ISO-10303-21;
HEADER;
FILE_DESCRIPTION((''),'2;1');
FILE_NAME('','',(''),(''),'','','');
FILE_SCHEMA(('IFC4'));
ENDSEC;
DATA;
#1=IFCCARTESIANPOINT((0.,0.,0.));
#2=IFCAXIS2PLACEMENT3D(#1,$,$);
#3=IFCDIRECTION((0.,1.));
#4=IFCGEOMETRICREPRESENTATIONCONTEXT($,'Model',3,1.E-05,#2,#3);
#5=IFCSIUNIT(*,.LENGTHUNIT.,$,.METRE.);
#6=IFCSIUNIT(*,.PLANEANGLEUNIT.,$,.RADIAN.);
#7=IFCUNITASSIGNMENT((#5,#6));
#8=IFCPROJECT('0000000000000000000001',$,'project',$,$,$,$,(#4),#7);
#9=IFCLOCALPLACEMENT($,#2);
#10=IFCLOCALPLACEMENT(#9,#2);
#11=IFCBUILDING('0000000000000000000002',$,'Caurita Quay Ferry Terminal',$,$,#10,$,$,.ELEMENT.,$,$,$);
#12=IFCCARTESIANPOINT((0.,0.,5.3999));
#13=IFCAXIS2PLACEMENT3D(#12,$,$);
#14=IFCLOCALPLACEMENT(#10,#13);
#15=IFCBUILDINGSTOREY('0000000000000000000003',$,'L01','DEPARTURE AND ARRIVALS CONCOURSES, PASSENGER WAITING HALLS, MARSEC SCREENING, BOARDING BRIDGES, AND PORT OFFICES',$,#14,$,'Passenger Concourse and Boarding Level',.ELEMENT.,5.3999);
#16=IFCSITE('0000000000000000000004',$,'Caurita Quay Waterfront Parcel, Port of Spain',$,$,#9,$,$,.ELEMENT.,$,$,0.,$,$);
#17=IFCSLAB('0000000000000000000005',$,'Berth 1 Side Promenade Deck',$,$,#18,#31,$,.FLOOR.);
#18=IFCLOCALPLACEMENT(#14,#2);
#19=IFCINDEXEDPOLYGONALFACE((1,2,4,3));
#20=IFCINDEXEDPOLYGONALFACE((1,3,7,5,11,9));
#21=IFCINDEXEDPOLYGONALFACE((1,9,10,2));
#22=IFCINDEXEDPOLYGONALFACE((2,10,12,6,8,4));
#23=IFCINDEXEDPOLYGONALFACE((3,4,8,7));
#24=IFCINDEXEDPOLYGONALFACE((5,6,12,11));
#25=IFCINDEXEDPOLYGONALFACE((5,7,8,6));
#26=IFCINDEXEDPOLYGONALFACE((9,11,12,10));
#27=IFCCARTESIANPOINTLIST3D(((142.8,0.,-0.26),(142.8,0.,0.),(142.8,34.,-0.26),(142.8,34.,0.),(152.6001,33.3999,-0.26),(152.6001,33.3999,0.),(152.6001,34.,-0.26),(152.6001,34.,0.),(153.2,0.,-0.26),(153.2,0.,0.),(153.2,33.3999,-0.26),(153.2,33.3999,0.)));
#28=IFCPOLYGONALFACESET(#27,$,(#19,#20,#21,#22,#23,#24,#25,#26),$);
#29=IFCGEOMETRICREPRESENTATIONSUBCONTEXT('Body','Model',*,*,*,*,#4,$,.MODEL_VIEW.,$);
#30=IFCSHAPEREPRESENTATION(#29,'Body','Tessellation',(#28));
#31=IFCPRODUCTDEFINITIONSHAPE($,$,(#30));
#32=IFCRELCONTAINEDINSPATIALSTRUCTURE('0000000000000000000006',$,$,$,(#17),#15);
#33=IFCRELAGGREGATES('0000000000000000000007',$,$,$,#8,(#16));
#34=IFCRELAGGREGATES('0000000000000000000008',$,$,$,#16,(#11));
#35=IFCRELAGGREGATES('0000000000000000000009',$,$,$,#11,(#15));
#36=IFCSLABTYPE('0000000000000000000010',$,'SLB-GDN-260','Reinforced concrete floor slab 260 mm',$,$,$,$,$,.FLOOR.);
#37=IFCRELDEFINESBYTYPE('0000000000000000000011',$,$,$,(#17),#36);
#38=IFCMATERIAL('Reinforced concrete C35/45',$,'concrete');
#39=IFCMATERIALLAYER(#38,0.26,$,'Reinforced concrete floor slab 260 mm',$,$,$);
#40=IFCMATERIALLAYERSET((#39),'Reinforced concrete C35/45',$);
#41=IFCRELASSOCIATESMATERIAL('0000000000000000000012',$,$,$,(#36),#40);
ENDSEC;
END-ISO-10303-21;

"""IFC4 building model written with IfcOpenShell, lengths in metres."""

from ifc_helpers import new_model, si_unit, direction, frame, origin, place, context, subcontext, project, spatial, polyline, outline, extrude, material, layer, layer_set, type_object, element, save


model = new_model("IFC4")

# Units and contexts
model_context = context("Model", 3, precision=1e-05, world=origin(), true_north=direction((0.0, 1.0)))
body_context = subcontext(model_context, "Body", "Model", "MODEL_VIEW")
ifc_project = project(units=[si_unit("LENGTHUNIT", "METRE"), si_unit("PLANEANGLEUNIT", "RADIAN")], contexts=[model_context])

# Site, building, storey
site_placement = place(None, origin())
site = spatial("IfcSite", under=ifc_project, at=site_placement, Name="Caurita Quay Waterfront Parcel, Port of Spain", CompositionType="ELEMENT", RefElevation=0.0)
building_placement = place(site_placement, origin())
building = spatial("IfcBuilding", under=site, at=building_placement, Name="Caurita Quay Ferry Terminal", CompositionType="ELEMENT")
storey_placement = place(building_placement, frame((0.0, 0.0, 5.3999)))
storey = spatial("IfcBuildingStorey", under=building, at=storey_placement, Name="L01", Description="DEPARTURE AND ARRIVALS CONCOURSES, PASSENGER WAITING HALLS, MARSEC SCREENING, BOARDING BRIDGES, AND PORT OFFICES", LongName="Passenger Concourse and Boarding Level", CompositionType="ELEMENT", Elevation=5.3999)

# Slab
ifc_material = material(Name="Reinforced concrete C35/45", Category="concrete")
ifc_layer_1 = layer(ifc_material, 0.26, Name="Reinforced concrete floor slab 260 mm")
ifc_layer_set_1 = layer_set([ifc_layer_1], Name="Reinforced concrete C35/45")
slab_type_1 = type_object("IfcSlabType", Name="SLB-GDN-260", Description="Reinforced concrete floor slab 260 mm", PredefinedType="FLOOR", material=ifc_layer_set_1)
slab_1_placement = place(storey_placement, frame((0.0, 0.0, -0.26)))
element("IfcSlab", 1, at=slab_1_placement, inside=storey, type_object=slab_type_1, Name="Berth 1 Side Promenade Deck", PredefinedType="FLOOR", context=body_context, shape_type="SweptSolid", body=[
    extrude(outline(polyline([(142.8, 0.0), (153.2, 0.0), (153.2, 33.3999), (152.6001, 33.3999), (152.6001, 34.0), (142.8, 34.0), (142.8, 0.0)])), origin(), (0.0, 0.0, 1.0), 0.26),
])

save(model, "model.ifc")
